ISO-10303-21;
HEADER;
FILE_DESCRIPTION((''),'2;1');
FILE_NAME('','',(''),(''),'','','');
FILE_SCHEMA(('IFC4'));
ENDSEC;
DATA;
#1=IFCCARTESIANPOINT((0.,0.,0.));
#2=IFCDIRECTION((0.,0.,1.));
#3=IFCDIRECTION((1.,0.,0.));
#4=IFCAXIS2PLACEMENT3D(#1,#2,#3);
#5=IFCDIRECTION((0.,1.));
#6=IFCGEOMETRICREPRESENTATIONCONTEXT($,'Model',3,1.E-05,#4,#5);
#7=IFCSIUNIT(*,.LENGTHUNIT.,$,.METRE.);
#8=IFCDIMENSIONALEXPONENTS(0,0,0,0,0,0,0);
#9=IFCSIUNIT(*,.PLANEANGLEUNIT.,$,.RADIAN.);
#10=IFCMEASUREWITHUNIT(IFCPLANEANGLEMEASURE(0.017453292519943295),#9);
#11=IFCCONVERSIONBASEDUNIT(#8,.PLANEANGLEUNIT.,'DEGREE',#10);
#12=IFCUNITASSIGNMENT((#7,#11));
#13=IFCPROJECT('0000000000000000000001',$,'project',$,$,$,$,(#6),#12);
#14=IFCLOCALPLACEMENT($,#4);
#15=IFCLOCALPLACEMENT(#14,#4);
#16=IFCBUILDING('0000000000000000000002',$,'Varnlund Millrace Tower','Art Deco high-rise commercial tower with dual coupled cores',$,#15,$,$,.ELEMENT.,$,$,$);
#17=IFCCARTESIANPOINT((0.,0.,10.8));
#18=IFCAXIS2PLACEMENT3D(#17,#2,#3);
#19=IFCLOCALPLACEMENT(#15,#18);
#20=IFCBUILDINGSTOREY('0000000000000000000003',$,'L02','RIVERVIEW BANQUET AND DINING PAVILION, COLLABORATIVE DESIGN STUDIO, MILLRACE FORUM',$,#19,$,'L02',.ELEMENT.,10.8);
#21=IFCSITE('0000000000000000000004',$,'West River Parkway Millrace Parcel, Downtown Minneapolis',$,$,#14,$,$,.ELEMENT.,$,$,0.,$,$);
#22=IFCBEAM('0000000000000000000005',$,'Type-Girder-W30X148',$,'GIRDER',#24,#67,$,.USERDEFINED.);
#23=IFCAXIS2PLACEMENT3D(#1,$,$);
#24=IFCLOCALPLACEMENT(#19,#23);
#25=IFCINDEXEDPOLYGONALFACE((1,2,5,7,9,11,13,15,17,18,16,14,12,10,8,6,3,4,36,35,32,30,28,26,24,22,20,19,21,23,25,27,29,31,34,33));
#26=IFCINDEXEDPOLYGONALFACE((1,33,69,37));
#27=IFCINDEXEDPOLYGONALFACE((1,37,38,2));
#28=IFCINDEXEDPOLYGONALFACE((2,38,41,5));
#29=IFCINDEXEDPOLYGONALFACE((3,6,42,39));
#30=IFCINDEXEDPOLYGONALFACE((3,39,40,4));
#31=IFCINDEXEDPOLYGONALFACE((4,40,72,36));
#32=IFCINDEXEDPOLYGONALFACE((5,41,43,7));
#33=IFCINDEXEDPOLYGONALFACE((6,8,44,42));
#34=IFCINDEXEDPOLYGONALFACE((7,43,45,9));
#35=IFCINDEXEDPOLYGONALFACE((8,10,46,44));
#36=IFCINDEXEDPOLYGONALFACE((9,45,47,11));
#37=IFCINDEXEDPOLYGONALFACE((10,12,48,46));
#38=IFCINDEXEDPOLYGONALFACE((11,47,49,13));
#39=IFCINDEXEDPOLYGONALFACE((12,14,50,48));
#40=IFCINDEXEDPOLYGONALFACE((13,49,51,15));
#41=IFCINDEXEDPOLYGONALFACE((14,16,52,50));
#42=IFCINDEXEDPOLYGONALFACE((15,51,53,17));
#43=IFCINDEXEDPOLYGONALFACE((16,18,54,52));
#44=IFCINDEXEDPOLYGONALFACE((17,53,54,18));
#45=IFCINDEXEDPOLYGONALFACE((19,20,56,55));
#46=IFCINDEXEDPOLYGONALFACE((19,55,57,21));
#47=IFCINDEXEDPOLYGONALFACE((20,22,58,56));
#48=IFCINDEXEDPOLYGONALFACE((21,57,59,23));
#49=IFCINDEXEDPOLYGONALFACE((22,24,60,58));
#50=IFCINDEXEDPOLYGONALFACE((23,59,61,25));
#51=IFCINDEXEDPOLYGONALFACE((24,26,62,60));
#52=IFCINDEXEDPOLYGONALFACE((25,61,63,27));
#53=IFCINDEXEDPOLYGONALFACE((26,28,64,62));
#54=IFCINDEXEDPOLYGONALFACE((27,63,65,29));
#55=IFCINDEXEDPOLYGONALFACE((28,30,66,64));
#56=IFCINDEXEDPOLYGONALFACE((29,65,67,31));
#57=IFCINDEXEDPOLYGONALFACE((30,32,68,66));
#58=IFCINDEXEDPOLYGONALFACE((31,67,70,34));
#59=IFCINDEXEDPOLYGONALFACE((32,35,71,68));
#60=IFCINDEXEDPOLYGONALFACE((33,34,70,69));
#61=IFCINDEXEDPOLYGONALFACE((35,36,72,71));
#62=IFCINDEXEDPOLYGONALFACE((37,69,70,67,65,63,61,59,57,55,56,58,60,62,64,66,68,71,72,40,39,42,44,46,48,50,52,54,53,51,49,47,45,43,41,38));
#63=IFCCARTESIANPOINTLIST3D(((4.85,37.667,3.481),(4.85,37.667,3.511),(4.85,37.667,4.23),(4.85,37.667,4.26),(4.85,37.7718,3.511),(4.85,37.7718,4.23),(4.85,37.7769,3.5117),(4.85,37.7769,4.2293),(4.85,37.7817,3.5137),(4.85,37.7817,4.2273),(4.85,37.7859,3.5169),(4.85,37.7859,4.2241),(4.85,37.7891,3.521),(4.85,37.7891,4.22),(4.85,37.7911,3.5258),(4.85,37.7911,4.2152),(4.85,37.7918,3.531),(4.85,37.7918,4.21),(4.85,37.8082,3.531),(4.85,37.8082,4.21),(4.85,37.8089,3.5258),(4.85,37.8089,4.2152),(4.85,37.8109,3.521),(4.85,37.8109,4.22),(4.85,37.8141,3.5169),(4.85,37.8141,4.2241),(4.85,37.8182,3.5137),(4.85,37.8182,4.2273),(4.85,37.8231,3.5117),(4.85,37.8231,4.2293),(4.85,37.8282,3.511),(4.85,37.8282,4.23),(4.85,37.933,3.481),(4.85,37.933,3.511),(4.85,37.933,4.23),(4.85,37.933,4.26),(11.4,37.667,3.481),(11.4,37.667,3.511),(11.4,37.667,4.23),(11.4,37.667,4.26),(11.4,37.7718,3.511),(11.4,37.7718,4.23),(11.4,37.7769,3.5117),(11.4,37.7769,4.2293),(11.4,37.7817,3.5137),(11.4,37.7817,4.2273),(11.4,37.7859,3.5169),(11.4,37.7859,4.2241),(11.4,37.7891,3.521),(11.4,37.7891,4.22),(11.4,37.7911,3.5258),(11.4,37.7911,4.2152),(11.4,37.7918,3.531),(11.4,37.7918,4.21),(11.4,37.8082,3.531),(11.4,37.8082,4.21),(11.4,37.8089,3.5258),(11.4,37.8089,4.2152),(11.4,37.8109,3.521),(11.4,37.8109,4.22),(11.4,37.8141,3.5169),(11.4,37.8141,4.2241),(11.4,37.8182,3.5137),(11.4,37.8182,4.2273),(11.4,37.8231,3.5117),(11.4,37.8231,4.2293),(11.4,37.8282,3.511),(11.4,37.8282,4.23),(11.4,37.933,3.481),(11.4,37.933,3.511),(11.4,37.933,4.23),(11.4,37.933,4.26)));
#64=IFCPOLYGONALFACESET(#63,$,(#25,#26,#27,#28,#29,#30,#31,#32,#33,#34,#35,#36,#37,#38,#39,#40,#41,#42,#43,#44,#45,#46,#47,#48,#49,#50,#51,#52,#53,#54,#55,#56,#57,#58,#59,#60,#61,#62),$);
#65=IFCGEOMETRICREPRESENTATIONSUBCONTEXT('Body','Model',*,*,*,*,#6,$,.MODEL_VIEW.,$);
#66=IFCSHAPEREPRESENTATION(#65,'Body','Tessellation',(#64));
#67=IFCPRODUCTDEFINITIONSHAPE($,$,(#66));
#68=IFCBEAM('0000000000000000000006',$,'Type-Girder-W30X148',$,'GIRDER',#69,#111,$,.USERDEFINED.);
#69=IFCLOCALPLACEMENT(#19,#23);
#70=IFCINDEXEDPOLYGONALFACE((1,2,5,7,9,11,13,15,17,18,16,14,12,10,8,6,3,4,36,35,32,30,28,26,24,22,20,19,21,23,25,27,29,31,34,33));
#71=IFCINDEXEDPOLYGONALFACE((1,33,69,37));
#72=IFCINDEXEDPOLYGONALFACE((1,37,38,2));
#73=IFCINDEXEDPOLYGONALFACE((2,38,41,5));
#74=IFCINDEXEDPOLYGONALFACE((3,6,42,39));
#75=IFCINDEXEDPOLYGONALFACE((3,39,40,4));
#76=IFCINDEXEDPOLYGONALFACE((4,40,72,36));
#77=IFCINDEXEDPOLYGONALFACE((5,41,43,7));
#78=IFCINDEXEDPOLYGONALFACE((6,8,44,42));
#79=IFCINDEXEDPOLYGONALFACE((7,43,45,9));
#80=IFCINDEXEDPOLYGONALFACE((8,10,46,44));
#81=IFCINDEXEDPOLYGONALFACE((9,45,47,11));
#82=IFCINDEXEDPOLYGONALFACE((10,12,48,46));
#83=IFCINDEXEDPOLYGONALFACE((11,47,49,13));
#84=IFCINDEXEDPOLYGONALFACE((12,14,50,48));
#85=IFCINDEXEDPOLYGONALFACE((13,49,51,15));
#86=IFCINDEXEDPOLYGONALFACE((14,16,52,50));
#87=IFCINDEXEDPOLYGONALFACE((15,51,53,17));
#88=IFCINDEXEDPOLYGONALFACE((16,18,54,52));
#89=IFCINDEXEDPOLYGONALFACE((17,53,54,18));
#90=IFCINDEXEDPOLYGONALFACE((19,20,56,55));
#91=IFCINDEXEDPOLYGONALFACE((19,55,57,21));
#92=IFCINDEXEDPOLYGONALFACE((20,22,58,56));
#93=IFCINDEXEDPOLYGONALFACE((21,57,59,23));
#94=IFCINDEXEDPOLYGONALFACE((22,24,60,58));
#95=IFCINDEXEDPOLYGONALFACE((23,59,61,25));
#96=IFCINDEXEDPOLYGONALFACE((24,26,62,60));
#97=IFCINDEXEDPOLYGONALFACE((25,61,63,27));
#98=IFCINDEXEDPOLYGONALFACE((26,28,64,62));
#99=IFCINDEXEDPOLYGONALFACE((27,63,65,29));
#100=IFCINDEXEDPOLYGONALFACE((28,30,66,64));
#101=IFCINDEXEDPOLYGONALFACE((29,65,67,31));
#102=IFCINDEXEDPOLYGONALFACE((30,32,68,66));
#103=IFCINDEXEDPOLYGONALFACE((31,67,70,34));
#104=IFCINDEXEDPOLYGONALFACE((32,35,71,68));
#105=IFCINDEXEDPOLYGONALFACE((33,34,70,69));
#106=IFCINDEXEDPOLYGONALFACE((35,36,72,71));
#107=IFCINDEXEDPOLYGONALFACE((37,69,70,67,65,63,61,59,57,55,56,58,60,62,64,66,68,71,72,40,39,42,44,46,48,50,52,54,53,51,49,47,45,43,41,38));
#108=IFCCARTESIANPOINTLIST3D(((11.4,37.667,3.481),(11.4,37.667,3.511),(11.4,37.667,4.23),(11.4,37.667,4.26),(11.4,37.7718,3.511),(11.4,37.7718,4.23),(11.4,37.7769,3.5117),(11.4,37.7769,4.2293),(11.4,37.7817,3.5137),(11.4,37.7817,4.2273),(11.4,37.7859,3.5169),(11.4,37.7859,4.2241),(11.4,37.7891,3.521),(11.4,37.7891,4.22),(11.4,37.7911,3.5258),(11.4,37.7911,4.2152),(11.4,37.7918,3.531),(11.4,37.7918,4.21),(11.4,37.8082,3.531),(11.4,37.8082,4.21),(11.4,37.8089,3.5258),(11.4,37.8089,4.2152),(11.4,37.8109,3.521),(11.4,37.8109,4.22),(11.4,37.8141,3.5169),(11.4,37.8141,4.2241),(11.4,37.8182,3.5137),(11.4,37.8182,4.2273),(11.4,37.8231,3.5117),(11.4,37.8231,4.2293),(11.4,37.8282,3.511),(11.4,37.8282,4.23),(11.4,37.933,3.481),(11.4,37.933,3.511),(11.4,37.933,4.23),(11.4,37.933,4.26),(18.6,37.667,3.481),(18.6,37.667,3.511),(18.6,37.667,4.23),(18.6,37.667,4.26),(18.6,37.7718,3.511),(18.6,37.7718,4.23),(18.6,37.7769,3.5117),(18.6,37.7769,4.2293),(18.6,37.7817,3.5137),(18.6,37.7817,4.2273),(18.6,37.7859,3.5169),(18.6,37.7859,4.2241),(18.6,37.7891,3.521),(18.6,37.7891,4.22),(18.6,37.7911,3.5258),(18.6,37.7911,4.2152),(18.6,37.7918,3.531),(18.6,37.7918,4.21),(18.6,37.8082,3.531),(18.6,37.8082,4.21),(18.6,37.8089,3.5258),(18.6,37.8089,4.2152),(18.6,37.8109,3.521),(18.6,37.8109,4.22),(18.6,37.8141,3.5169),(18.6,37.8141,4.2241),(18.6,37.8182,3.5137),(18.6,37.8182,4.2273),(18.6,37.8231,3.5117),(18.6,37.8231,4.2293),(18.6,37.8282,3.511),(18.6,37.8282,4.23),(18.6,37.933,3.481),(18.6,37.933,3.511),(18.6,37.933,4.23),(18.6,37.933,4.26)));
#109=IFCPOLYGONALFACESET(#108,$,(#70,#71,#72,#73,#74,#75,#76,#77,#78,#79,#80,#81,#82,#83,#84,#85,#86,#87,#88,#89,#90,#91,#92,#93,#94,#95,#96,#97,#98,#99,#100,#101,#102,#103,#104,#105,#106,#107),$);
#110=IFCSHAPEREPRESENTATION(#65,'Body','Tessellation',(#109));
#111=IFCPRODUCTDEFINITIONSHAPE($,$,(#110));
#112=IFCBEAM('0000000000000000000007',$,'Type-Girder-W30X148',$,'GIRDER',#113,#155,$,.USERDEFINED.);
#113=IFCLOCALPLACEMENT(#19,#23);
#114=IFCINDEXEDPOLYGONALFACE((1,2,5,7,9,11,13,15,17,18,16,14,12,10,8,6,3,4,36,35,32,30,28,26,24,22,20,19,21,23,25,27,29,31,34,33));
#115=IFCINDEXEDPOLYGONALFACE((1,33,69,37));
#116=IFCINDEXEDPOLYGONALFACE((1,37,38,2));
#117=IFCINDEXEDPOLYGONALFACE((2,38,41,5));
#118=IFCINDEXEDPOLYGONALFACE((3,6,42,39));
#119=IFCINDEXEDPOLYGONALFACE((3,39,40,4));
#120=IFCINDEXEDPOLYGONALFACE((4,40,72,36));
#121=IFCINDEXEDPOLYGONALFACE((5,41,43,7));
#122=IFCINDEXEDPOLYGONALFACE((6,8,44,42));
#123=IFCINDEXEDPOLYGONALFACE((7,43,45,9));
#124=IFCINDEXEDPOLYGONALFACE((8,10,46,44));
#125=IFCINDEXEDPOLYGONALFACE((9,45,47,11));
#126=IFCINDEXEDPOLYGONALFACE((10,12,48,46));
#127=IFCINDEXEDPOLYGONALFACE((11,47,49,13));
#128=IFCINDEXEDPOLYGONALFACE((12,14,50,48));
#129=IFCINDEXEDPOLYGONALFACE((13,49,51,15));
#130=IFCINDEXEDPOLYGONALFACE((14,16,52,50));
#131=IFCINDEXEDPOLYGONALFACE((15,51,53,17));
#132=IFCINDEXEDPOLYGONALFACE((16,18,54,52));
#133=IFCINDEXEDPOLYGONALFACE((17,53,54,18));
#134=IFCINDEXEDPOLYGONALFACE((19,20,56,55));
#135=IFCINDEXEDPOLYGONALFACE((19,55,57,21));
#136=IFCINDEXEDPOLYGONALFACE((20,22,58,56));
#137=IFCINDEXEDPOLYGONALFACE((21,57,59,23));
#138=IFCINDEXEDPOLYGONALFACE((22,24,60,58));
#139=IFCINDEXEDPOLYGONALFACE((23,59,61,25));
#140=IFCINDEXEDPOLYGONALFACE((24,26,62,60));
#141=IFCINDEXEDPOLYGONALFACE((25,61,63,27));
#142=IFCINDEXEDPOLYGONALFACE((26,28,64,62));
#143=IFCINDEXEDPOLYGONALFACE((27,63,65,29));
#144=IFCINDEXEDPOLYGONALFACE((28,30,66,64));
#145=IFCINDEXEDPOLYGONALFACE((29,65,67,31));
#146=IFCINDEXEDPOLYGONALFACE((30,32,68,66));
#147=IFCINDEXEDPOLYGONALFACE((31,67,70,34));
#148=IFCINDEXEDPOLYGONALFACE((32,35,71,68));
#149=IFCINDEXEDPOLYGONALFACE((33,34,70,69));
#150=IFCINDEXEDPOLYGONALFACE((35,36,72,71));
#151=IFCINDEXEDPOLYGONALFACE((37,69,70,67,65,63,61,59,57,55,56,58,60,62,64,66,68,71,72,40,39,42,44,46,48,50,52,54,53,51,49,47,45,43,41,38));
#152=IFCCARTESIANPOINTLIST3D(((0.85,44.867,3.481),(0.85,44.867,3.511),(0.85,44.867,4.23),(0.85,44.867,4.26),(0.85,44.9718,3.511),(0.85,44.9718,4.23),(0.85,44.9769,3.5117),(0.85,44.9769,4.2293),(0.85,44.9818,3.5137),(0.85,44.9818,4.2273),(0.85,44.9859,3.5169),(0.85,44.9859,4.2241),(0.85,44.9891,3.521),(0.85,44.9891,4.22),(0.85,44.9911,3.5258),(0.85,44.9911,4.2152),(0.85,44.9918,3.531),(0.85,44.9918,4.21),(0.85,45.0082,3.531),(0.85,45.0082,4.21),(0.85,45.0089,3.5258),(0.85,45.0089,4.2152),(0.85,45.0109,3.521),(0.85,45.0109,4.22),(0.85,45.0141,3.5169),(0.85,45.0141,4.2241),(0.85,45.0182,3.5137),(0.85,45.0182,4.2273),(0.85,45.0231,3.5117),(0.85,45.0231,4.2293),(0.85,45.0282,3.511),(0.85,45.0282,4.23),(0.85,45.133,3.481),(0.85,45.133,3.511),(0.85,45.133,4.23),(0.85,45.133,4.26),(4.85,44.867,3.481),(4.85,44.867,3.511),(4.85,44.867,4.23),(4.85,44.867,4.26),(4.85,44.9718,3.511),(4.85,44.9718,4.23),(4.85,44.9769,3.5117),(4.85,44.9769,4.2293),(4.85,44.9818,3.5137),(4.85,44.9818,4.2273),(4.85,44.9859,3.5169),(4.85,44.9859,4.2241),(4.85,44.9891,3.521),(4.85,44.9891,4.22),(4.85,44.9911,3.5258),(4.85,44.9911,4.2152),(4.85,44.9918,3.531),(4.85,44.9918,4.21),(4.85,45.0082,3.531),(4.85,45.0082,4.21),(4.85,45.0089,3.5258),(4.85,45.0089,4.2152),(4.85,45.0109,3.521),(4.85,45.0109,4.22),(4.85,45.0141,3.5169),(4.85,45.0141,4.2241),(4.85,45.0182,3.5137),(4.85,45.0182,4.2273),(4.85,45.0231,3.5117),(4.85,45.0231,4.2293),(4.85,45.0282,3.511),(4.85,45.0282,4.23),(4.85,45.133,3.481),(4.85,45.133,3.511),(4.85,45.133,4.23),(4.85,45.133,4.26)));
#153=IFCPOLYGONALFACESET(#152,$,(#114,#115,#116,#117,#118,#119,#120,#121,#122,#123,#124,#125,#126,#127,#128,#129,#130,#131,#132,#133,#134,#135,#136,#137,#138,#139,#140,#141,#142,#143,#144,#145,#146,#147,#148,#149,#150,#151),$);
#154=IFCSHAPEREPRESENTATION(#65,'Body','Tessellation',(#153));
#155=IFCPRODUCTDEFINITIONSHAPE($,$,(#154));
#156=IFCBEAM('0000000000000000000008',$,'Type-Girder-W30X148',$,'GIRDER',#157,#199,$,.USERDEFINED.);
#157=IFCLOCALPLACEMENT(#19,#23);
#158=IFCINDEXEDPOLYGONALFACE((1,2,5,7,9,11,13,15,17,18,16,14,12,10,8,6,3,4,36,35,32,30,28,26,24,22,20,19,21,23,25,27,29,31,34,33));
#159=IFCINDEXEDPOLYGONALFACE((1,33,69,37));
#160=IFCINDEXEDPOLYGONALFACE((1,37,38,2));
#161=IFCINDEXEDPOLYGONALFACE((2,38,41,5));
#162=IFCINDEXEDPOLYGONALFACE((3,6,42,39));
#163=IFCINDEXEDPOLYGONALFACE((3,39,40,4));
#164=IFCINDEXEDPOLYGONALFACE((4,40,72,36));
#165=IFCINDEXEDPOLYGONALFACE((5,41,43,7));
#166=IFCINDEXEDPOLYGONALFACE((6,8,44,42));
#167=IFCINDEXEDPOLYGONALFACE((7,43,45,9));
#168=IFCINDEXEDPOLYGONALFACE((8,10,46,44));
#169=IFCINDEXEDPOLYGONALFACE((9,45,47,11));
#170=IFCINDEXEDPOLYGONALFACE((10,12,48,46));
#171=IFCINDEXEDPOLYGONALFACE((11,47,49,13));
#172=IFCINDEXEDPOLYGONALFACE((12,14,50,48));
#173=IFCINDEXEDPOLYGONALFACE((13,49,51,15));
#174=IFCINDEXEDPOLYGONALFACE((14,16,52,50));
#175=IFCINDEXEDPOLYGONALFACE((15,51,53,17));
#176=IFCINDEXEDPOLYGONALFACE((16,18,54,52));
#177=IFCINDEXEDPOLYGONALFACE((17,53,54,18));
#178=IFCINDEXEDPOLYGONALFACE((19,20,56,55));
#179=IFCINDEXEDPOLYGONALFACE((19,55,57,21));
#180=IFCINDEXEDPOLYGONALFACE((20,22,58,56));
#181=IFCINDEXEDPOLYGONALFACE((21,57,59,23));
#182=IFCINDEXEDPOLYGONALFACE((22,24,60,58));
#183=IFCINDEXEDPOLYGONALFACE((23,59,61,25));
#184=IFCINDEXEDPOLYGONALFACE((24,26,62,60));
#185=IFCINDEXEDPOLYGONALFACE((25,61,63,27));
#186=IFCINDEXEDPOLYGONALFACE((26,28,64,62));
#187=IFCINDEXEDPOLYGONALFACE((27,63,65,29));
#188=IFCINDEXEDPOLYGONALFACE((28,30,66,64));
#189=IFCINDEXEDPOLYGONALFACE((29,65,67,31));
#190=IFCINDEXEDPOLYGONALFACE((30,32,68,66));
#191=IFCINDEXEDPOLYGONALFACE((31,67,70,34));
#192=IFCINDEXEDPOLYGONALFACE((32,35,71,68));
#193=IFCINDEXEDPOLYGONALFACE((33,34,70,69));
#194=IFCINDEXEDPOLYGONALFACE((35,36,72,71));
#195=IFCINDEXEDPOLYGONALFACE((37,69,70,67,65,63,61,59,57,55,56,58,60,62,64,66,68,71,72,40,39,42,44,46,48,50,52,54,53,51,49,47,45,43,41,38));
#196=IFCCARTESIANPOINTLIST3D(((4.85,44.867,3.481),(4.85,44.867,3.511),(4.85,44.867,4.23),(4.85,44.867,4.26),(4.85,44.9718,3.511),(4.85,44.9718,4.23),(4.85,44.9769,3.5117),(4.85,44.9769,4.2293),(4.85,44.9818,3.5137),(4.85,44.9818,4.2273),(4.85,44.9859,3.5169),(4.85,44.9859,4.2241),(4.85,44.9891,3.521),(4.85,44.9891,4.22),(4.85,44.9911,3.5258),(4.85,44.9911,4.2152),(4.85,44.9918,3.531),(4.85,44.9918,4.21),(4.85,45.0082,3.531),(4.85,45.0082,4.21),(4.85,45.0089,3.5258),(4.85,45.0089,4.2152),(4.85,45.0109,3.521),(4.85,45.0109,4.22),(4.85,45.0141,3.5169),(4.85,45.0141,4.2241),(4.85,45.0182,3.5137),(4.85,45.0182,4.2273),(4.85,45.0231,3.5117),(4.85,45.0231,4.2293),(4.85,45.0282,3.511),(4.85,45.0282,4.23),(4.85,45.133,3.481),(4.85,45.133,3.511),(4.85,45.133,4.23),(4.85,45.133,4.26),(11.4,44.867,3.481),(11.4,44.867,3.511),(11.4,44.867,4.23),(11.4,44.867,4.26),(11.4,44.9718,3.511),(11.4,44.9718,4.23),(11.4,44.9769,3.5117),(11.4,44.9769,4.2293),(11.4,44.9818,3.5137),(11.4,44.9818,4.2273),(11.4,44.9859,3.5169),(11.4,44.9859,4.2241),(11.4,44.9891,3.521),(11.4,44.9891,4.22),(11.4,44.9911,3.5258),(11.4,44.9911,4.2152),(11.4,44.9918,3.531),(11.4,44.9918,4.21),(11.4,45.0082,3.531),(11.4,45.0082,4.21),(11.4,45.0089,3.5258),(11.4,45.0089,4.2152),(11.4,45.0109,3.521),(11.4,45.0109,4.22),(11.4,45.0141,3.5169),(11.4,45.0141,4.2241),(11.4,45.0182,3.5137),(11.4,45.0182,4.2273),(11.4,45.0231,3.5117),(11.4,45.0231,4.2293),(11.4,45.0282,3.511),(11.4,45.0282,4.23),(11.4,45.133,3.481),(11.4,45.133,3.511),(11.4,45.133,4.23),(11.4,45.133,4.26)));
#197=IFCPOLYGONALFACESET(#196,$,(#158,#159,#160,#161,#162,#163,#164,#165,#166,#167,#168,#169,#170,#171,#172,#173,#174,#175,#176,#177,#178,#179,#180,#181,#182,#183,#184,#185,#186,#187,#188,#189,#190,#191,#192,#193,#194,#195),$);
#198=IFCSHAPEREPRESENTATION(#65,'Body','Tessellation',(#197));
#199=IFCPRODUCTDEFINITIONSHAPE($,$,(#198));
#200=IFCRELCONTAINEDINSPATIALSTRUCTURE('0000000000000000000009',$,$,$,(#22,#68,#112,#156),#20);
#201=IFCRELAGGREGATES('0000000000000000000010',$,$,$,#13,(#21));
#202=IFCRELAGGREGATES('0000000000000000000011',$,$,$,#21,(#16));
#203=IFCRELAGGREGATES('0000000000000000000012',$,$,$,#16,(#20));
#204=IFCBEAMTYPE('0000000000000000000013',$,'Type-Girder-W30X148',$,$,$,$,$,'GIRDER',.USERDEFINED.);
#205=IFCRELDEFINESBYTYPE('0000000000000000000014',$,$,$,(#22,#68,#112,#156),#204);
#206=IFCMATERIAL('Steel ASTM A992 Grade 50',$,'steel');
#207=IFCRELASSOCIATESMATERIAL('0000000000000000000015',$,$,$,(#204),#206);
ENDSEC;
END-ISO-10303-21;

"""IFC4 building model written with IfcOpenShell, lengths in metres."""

from ifc_helpers import new_model, entity, si_unit, converted_unit, direction, frame, origin_with_axes, origin_2d_with_axis, place, context, subcontext, project, spatial, i_section, extrude, material, material_profile, profile_set, type_object, element, save


model = new_model("IFC4")

# Units and contexts
model_context = context("Model", 3, precision=1e-05, world=origin_with_axes(), true_north=direction((0.0, 1.0)))
body_context = subcontext(model_context, "Body", "Model", "MODEL_VIEW")
ifc_project = project(units=[si_unit("LENGTHUNIT", "METRE"), converted_unit("PLANEANGLEUNIT", "DEGREE", entity("IfcPlaneAngleMeasure", 0.017453292519943295), si_unit("PLANEANGLEUNIT", "RADIAN"), dimensions=[0, 0, 0, 0, 0, 0, 0])], contexts=[model_context])

# Site, building, storey
site_placement = place(None, origin_with_axes())
site = spatial("IfcSite", under=ifc_project, at=site_placement, Name="West River Parkway Millrace Parcel, Downtown Minneapolis", CompositionType="ELEMENT", RefElevation=0.0)
building_placement = place(site_placement, origin_with_axes())
building = spatial("IfcBuilding", under=site, at=building_placement, Name="Varnlund Millrace Tower", Description="Art Deco high-rise commercial tower with dual coupled cores", CompositionType="ELEMENT")
storey_placement = place(building_placement, frame((0.0, 0.0, 10.8), z_axis=(0.0, 0.0, 1.0), x_axis=(1.0, 0.0, 0.0)))
storey = spatial("IfcBuildingStorey", under=building, at=storey_placement, Name="L02", Description="RIVERVIEW BANQUET AND DINING PAVILION, COLLABORATIVE DESIGN STUDIO, MILLRACE FORUM", LongName="L02", CompositionType="ELEMENT", Elevation=10.8)

# Beams
ifc_material_1 = material(Name="Steel ASTM A992 Grade 50", Category="steel")
ifc_material_profile_1 = material_profile(ifc_material_1, i_section(OverallWidth=0.266, OverallDepth=0.779, WebThickness=0.0165, FlangeThickness=0.03, FilletRadius=0.02, at=origin_2d_with_axis()), Name="Steel ASTM A992 Grade 50")
ifc_profile_set_1 = profile_set([ifc_material_profile_1], Name="Steel ASTM A992 Grade 50")
beam_type_1 = type_object("IfcBeamType", Name="Type-Girder-W30X148", ElementType="GIRDER", PredefinedType="USERDEFINED", material=ifc_profile_set_1)
beam_1_placement = place(storey_placement, frame((4.85, 37.8, 3.8705), z_axis=(1.0, 0.0, 0.0), x_axis=(0.0, 1.0, 0.0)))
element("IfcBeam", 1, at=beam_1_placement, inside=storey, type_object=beam_type_1, Name="Type-Girder-W30X148", ObjectType="GIRDER", PredefinedType="USERDEFINED", context=body_context, shape_type="SweptSolid", body=[
    extrude(i_section(OverallWidth=0.266, OverallDepth=0.779, WebThickness=0.0165, FlangeThickness=0.03, FilletRadius=0.02, at=origin_2d_with_axis()), origin_with_axes(), (0.0, 0.0, 1.0), 6.55),
])
beam_2_placement = place(storey_placement, frame((11.4, 37.8, 3.8705), z_axis=(1.0, 0.0, 0.0), x_axis=(0.0, 1.0, 0.0)))
element("IfcBeam", 2, at=beam_2_placement, inside=storey, type_object=beam_type_1, Name="Type-Girder-W30X148", ObjectType="GIRDER", PredefinedType="USERDEFINED", context=body_context, shape_type="SweptSolid", body=[
    extrude(i_section(OverallWidth=0.266, OverallDepth=0.779, WebThickness=0.0165, FlangeThickness=0.03, FilletRadius=0.02, at=origin_2d_with_axis()), origin_with_axes(), (0.0, 0.0, 1.0), 7.2),
])
beam_3_placement = place(storey_placement, frame((0.85, 45.0, 3.8705), z_axis=(1.0, 0.0, 0.0), x_axis=(0.0, 1.0, 0.0)))
element("IfcBeam", 3, at=beam_3_placement, inside=storey, type_object=beam_type_1, Name="Type-Girder-W30X148", ObjectType="GIRDER", PredefinedType="USERDEFINED", context=body_context, shape_type="SweptSolid", body=[
    extrude(i_section(OverallWidth=0.266, OverallDepth=0.779, WebThickness=0.0165, FlangeThickness=0.03, FilletRadius=0.02, at=origin_2d_with_axis()), origin_with_axes(), (0.0, 0.0, 1.0), 4.0),
])
beam_4_placement = place(storey_placement, frame((4.85, 45.0, 3.8705), z_axis=(1.0, 0.0, 0.0), x_axis=(0.0, 1.0, 0.0)))
element("IfcBeam", 4, at=beam_4_placement, inside=storey, type_object=beam_type_1, Name="Type-Girder-W30X148", ObjectType="GIRDER", PredefinedType="USERDEFINED", context=body_context, shape_type="SweptSolid", body=[
    extrude(i_section(OverallWidth=0.266, OverallDepth=0.779, WebThickness=0.0165, FlangeThickness=0.03, FilletRadius=0.02, at=origin_2d_with_axis()), origin_with_axes(), (0.0, 0.0, 1.0), 6.55),
])

save(model, "model.ifc")
